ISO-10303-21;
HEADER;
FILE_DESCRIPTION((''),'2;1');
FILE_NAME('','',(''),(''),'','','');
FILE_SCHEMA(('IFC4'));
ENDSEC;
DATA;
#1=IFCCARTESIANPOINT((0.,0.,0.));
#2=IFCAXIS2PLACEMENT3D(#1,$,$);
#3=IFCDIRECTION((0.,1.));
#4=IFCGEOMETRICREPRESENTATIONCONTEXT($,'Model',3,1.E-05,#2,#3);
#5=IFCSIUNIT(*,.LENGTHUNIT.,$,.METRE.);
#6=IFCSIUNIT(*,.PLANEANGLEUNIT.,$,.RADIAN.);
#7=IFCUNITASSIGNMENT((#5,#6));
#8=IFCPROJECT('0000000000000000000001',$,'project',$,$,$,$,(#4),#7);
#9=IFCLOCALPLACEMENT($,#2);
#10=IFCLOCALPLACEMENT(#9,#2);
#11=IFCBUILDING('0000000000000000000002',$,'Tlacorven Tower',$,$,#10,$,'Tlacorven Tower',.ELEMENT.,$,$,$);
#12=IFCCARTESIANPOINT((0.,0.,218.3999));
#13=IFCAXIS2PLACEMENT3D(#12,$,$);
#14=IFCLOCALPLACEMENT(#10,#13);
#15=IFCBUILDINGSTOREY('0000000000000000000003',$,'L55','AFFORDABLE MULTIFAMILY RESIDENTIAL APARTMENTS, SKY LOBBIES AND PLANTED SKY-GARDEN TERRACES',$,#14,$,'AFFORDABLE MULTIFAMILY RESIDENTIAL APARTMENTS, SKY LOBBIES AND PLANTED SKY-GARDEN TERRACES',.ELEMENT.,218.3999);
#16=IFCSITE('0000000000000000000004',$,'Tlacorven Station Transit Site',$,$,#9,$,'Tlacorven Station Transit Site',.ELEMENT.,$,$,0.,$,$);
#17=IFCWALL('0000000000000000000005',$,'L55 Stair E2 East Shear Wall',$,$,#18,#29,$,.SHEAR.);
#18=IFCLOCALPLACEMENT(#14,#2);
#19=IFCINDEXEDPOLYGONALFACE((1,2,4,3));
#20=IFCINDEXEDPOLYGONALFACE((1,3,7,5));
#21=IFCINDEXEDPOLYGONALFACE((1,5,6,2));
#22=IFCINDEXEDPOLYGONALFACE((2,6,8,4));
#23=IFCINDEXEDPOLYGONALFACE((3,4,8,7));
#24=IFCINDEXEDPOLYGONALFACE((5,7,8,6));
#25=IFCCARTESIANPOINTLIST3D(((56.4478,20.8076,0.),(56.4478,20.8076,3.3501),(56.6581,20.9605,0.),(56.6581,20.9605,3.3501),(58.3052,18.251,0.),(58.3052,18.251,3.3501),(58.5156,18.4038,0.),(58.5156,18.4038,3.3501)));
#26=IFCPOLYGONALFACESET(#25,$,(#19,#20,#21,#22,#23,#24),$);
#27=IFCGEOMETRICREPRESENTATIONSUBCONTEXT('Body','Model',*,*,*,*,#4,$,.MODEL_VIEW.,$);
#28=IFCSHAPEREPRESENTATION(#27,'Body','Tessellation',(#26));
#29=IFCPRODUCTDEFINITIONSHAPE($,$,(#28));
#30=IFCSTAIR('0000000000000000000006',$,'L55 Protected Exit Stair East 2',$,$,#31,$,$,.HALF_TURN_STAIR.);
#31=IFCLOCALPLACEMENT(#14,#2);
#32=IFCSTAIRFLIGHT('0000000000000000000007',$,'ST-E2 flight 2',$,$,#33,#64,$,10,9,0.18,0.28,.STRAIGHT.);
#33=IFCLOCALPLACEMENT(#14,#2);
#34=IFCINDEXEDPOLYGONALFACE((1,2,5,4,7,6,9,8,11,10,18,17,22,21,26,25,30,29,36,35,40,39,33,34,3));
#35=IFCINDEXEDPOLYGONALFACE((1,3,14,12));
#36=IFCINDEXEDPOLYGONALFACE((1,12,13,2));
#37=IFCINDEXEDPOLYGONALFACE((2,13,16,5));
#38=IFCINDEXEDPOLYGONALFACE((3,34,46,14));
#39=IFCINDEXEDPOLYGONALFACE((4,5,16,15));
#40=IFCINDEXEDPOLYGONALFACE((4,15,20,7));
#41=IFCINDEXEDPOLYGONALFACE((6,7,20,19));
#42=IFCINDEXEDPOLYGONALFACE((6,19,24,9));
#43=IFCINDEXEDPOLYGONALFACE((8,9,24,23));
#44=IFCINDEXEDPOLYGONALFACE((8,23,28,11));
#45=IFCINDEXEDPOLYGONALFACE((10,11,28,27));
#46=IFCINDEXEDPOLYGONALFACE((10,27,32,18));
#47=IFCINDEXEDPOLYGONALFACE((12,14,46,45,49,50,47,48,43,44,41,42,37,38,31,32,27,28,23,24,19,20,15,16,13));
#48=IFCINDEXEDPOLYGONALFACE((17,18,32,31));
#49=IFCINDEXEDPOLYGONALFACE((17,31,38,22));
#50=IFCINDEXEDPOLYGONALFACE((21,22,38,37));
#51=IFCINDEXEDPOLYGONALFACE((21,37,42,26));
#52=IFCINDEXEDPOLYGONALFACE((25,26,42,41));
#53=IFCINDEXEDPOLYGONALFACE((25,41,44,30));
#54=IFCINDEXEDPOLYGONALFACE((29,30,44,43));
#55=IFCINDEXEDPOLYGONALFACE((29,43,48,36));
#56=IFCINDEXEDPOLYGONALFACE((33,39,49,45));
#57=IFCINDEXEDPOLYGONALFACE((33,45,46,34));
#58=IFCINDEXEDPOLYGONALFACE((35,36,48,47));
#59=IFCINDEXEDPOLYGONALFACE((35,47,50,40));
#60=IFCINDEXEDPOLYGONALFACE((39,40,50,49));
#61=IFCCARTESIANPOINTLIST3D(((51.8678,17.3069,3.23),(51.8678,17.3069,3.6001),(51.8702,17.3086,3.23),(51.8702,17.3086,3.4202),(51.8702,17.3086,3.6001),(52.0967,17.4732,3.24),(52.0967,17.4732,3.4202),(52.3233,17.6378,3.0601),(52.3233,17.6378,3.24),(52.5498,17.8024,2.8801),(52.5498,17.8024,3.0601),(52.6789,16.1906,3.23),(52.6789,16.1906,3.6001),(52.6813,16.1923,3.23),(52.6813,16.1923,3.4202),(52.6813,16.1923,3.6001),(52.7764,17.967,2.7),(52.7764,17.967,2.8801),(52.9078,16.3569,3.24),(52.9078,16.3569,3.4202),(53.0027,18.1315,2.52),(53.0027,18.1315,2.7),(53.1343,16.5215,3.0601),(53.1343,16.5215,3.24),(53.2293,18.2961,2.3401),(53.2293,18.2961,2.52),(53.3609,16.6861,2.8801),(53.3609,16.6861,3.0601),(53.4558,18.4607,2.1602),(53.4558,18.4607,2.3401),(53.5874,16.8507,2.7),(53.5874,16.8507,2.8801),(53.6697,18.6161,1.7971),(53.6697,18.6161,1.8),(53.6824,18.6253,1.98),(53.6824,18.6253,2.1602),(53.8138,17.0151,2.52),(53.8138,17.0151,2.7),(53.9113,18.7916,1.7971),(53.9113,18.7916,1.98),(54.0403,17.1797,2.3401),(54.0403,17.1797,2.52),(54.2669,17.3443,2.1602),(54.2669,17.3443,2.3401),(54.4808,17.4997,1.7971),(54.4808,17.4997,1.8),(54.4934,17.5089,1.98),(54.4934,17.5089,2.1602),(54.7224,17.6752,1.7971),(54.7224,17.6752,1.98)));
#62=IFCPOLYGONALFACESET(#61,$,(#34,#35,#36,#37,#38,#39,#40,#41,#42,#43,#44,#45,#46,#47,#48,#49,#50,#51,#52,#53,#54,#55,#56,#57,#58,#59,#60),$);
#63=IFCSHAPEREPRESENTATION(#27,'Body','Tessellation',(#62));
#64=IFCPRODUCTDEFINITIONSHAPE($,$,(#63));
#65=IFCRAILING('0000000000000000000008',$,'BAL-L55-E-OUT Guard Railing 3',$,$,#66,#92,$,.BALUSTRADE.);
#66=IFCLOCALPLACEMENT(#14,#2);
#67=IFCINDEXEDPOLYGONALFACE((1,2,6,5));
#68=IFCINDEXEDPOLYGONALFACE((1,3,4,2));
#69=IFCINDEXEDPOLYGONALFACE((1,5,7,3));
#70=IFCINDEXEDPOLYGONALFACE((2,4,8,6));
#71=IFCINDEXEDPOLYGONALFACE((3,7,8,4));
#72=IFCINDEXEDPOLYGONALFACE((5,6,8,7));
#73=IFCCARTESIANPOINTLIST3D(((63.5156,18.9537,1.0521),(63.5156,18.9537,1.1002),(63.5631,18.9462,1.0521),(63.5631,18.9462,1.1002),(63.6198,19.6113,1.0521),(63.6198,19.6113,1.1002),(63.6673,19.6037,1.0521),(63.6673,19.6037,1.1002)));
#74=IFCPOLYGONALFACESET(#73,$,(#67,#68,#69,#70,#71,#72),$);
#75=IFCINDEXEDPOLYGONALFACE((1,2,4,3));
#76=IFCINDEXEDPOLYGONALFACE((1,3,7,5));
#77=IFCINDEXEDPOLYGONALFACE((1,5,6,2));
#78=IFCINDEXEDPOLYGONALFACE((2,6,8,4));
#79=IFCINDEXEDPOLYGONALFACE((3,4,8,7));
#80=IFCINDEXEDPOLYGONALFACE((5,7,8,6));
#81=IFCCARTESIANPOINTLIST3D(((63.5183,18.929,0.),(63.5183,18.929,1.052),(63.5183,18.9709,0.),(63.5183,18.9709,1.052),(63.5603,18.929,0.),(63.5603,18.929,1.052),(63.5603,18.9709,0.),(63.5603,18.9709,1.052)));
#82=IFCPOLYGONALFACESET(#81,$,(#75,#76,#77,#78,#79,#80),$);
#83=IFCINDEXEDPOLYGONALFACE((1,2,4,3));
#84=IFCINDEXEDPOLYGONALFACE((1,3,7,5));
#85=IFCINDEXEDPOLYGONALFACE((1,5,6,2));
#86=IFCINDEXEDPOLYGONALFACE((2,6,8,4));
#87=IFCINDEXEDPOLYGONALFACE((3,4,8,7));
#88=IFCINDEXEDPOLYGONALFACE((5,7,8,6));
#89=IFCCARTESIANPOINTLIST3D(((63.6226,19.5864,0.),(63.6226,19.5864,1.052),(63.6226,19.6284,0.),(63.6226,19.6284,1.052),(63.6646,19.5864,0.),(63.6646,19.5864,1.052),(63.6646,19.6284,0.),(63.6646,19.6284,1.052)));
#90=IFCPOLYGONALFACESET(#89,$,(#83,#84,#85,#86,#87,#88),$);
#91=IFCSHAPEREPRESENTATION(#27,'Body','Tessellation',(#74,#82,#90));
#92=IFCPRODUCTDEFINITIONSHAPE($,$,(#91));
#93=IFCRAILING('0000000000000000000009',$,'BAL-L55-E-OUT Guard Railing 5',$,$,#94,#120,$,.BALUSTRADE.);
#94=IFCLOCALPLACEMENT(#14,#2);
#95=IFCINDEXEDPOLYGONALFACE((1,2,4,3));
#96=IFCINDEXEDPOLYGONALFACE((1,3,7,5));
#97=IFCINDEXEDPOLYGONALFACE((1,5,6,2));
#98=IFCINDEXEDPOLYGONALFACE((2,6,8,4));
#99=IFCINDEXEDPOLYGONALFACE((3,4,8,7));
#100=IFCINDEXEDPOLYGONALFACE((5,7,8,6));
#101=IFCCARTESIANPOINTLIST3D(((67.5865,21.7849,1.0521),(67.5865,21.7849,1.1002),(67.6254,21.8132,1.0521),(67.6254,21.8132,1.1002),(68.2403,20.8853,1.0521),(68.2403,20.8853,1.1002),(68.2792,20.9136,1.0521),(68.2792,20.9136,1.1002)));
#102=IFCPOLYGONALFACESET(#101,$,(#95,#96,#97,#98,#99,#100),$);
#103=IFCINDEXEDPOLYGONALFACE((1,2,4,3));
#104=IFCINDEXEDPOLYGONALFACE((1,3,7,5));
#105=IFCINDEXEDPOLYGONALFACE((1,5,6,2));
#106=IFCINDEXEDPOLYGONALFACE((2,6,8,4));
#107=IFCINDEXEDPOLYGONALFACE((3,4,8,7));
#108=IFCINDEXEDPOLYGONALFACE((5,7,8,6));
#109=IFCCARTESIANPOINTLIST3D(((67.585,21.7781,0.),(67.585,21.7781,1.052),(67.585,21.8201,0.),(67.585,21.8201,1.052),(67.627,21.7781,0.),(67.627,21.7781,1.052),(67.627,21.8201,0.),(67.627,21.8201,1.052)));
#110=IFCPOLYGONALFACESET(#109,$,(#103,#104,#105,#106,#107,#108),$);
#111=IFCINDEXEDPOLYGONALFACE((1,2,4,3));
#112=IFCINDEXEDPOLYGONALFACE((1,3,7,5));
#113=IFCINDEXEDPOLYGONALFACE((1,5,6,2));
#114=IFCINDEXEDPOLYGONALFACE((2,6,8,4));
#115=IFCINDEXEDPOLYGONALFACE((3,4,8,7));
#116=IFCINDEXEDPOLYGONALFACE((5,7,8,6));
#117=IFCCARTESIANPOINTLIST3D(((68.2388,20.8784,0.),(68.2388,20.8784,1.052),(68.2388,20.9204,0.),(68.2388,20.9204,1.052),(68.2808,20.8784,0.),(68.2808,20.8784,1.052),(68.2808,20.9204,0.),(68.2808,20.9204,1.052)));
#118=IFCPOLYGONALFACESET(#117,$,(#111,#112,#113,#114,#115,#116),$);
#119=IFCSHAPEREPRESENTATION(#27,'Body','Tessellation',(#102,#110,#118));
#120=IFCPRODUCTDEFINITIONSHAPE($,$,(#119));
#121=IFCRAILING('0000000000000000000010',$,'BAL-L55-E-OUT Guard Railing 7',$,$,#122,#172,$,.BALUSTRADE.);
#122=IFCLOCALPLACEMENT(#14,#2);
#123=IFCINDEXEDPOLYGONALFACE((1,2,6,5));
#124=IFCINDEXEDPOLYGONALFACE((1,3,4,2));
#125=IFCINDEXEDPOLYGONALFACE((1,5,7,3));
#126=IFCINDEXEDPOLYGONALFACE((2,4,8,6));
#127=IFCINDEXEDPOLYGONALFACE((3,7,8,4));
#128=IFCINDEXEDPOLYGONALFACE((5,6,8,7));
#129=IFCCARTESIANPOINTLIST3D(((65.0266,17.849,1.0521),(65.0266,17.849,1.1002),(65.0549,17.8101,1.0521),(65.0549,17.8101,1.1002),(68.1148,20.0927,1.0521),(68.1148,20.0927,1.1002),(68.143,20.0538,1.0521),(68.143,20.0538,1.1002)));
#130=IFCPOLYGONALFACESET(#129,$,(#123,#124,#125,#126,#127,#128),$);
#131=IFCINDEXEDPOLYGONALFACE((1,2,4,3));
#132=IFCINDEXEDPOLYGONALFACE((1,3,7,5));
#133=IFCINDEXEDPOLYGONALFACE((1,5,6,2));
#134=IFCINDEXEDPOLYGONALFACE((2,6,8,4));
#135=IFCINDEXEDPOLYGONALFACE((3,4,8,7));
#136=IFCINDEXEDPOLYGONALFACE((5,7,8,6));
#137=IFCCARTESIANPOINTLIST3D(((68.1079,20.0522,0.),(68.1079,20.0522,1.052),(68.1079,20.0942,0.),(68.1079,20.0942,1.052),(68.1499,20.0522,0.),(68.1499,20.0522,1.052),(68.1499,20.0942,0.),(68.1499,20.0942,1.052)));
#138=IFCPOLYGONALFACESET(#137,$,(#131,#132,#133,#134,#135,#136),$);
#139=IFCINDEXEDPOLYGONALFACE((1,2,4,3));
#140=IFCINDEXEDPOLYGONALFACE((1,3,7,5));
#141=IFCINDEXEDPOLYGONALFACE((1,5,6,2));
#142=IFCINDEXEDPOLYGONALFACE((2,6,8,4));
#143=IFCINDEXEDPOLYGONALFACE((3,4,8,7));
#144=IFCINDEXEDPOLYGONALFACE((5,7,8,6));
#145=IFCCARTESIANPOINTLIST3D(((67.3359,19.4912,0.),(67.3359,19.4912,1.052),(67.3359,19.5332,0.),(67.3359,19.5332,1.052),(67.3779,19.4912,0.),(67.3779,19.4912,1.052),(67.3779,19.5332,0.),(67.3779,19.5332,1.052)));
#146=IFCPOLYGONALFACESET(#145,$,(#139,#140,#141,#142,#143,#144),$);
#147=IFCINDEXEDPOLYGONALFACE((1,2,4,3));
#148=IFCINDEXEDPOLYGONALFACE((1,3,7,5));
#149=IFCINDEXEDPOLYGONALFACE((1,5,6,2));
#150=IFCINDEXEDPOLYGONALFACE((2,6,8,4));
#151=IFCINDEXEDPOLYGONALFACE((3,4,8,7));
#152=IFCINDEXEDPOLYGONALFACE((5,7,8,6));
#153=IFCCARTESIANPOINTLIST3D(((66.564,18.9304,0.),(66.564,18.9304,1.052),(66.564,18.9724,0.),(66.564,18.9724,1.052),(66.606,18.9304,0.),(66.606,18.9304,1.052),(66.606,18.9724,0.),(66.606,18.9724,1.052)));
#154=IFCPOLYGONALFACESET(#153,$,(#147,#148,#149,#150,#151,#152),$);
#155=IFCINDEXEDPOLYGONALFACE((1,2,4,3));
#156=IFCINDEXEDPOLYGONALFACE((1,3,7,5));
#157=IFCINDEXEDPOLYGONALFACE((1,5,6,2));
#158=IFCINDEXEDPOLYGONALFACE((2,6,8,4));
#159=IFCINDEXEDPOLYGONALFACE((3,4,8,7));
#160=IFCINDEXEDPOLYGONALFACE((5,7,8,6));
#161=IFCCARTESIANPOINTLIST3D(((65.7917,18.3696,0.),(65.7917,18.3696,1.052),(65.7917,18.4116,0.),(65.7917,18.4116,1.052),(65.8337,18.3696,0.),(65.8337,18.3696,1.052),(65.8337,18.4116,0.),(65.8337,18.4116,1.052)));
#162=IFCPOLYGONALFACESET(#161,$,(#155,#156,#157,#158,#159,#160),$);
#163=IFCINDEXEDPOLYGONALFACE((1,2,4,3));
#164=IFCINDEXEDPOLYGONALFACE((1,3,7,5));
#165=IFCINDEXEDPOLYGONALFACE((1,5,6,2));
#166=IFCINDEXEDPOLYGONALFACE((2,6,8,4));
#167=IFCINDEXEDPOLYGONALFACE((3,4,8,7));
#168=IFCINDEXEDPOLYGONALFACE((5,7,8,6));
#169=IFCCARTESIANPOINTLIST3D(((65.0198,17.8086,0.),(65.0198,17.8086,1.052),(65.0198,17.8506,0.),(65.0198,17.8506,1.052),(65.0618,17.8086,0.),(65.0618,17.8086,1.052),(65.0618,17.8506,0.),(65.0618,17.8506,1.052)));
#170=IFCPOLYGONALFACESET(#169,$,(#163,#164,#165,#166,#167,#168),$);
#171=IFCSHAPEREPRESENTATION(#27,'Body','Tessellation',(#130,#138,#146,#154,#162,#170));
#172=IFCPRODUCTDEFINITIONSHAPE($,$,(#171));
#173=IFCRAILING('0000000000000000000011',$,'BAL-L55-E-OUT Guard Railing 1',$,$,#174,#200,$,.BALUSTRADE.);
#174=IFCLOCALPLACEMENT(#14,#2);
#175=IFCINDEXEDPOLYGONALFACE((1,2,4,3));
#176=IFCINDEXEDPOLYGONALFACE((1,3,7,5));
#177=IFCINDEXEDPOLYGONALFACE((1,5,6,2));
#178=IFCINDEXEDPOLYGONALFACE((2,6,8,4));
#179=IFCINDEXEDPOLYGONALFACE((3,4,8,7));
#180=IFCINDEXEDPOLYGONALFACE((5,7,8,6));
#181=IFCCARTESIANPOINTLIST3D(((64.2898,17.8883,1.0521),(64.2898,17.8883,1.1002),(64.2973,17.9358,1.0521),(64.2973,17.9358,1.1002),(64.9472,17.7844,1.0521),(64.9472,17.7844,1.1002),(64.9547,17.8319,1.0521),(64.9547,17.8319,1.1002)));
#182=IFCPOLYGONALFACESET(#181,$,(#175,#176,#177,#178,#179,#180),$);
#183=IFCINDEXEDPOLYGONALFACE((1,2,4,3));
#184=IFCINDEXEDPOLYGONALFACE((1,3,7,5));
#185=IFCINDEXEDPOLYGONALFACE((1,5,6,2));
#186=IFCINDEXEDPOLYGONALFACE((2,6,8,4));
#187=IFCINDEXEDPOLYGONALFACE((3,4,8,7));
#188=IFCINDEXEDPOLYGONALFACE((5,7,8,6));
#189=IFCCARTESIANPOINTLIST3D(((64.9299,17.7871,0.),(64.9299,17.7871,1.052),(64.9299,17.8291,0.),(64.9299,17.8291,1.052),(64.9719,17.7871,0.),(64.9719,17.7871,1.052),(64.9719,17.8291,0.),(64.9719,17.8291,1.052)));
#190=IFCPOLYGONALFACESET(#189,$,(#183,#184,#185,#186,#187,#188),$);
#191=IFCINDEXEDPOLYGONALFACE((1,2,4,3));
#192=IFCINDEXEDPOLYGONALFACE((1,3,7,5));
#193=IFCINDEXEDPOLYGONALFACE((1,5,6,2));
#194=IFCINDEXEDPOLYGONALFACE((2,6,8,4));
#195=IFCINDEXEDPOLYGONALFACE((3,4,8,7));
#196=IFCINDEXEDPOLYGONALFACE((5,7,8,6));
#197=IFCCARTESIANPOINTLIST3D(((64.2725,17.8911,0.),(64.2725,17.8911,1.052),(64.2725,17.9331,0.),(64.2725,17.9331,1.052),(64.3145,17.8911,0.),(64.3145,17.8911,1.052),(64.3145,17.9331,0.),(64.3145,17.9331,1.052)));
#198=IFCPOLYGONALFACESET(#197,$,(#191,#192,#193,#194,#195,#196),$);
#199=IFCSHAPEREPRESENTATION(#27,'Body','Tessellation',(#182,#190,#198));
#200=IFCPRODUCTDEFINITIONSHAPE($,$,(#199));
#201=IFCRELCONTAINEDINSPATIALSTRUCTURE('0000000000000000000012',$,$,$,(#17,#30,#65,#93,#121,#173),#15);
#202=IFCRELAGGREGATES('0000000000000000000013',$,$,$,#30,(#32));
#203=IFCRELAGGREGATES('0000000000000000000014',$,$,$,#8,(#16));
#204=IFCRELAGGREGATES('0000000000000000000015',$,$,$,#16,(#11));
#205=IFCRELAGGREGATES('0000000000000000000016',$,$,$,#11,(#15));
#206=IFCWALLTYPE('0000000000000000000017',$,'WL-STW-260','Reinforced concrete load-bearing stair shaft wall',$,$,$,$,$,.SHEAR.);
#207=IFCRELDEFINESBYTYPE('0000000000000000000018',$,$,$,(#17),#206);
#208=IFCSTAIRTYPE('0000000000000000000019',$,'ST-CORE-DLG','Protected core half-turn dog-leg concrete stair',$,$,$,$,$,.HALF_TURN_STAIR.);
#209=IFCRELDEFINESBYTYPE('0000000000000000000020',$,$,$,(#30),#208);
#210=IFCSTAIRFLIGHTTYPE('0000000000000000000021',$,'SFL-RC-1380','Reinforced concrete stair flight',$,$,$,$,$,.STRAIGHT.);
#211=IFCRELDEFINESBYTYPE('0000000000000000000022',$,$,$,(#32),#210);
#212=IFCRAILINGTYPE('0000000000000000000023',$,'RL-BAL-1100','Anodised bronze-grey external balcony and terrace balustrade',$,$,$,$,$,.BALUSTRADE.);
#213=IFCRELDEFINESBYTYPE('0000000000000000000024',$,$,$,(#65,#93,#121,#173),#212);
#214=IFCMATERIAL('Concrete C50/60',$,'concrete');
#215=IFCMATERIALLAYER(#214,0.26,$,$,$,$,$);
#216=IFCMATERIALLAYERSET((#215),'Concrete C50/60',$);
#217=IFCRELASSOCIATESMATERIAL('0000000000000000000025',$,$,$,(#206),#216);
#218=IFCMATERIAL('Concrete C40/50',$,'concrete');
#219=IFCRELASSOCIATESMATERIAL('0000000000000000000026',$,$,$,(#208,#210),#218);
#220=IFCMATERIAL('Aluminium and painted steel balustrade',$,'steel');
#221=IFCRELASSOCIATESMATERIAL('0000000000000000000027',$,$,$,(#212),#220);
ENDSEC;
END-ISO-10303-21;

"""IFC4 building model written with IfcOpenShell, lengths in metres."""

from ifc_helpers import new_model, si_unit, direction, frame, frame_2d, origin, origin_2d, place, context, subcontext, project, spatial, polyline, rectangle, outline, extrude, source, transform, mapped, material, layer, layer_set, type_object, element, aggregate, save


model = new_model("IFC4")

# Units and contexts
model_context = context("Model", 3, precision=1e-05, world=origin(), true_north=direction((0.0, 1.0)))
body_context = subcontext(model_context, "Body", "Model", "MODEL_VIEW")
ifc_project = project(units=[si_unit("LENGTHUNIT", "METRE"), si_unit("PLANEANGLEUNIT", "RADIAN")], contexts=[model_context])

# Site, building, storey
site_placement = place(None, origin())
site = spatial("IfcSite", under=ifc_project, at=site_placement, Name="Tlacorven Station Transit Site", LongName="Tlacorven Station Transit Site", CompositionType="ELEMENT", RefElevation=0.0)
building_placement = place(site_placement, origin())
building = spatial("IfcBuilding", under=site, at=building_placement, Name="Tlacorven Tower", LongName="Tlacorven Tower", CompositionType="ELEMENT")
storey_placement = place(building_placement, frame((0.0, 0.0, 218.3999)))
storey = spatial("IfcBuildingStorey", under=building, at=storey_placement, Name="L55", Description="AFFORDABLE MULTIFAMILY RESIDENTIAL APARTMENTS, SKY LOBBIES AND PLANTED SKY-GARDEN TERRACES", LongName="AFFORDABLE MULTIFAMILY RESIDENTIAL APARTMENTS, SKY LOBBIES AND PLANTED SKY-GARDEN TERRACES", CompositionType="ELEMENT", Elevation=218.3999)

# Shared definitions
ifc_material_1 = material(Name="Concrete C50/60", Category="concrete")

# Shared definitions
ifc_material_2 = material(Name="Concrete C40/50", Category="concrete")

# Wall
ifc_layer_1 = layer(ifc_material_1, 0.26)
ifc_layer_set_1 = layer_set([ifc_layer_1], Name="Concrete C50/60")
wall_type_1 = type_object("IfcWallType", Name="WL-STW-260", Description="Reinforced concrete load-bearing stair shaft wall", PredefinedType="SHEAR", material=ifc_layer_set_1)
wall_1_placement = place(storey_placement, frame((58.4104, 18.3274, 0.0), z_axis=(0.0, 0.0, 1.0), x_axis=(-0.587767, 0.80903, 0.0)))
element("IfcWall", 1, at=wall_1_placement, inside=storey, type_object=wall_type_1, Name="L55 Stair E2 East Shear Wall", PredefinedType="SHEAR", context=body_context, shape_type="SweptSolid", body=[
    extrude(rectangle(XDim=3.1602, YDim=0.26, at=frame_2d((1.5801, 0.0))), origin(), (0.0, 0.0, 1.0), 3.3501),
])

# Stair, stair flight
stair_type = type_object("IfcStairType", Name="ST-CORE-DLG", Description="Protected core half-turn dog-leg concrete stair", PredefinedType="HALF_TURN_STAIR", material=ifc_material_2)
stair_placement = place(storey_placement, origin())
stair = element("IfcStair", 2, at=stair_placement, inside=storey, type_object=stair_type, Name="L55 Protected Exit Stair East 2", PredefinedType="HALF_TURN_STAIR")
stair_flight_type = type_object("IfcStairFlightType", Name="SFL-RC-1380", Description="Reinforced concrete stair flight", PredefinedType="STRAIGHT", material=ifc_material_2)
shared_shape_1 = source(origin(), body_context, "Body", "SweptSolid", [
    extrude(outline(polyline([(-0.0029, -0.0029), (-0.0029, 0.1799), (0.28, 0.1799), (0.28, 0.3601), (0.5601, 0.3601), (0.5601, 0.54), (0.8401, 0.54), (0.8401, 0.72), (1.1201, 0.72), (1.1201, 0.8999), (1.3999, 0.8999), (1.3999, 1.0801), (1.6799, 1.0801), (1.6799, 1.26), (1.96, 1.26), (1.96, 1.4399), (2.24, 1.4399), (2.24, 1.6201), (2.52, 1.6201), (2.52, 1.8), (2.5229, 1.8), (2.5229, 1.4299), (2.52, 1.4299), (0.2957, 0.0), (0.2957, -0.0029), (-0.0029, -0.0029)])), frame((0.0, 0.6899, 0.0), z_axis=(0.0, -1.0, 0.0), x_axis=(1.0, 0.0, 0.0)), (0.0, 0.0, 1.0), 1.3799),
])
stair_flight_placement = place(storey_placement, frame((54.3145, 18.2317, 1.8), z_axis=(0.0, 0.0, 1.0), x_axis=(-0.809017, -0.587785, 0.0)))
stair_flight = element("IfcStairFlight", 3, at=stair_flight_placement, type_object=stair_flight_type, Name="ST-E2 flight 2", NumberOfRisers=10, NumberOfTreads=9, PredefinedType="STRAIGHT", RiserHeight=0.18, TreadLength=0.28, context=body_context, shape_type="MappedRepresentation", body=[
    mapped(shared_shape_1, transform((0.0, 0.0, 0.0), scale=1.0)),
])
aggregate(stair, [stair_flight])

# Railings
ifc_material_3 = material(Name="Aluminium and painted steel balustrade", Category="steel")
railing_type_1 = type_object("IfcRailingType", Name="RL-BAL-1100", Description="Anodised bronze-grey external balcony and terrace balustrade", PredefinedType="BALUSTRADE", material=ifc_material_3)
shared_shape_2 = source(origin(), body_context, "Body", "SweptSolid", [
    extrude(rectangle(XDim=0.0481, YDim=0.0481, at=origin_2d()), frame((0.0, 0.0, 1.0762), z_axis=(0.156603, 0.987662, 0.0), x_axis=(-0.987662, 0.156603, 0.0)), (0.0, 0.0, 1.0), 0.6658),
    extrude(rectangle(XDim=0.042, YDim=0.042, at=origin_2d()), origin(), (0.0, 0.0, 1.0), 1.052),
    extrude(rectangle(XDim=0.042, YDim=0.042, at=origin_2d()), frame((0.1042, 0.6575, 0.0)), (0.0, 0.0, 1.0), 1.052),
])
railing_1_placement = place(storey_placement, frame((63.5393, 18.95, 0.0)))
element("IfcRailing", 4, at=railing_1_placement, inside=storey, type_object=railing_type_1, Name="BAL-L55-E-OUT Guard Railing 3", PredefinedType="BALUSTRADE", context=body_context, shape_type="MappedRepresentation", body=[
    mapped(shared_shape_2, transform((0.0, 0.0, 0.0), scale=1.0)),
])
shared_shape_3 = source(origin(), body_context, "Body", "SweptSolid", [
    extrude(rectangle(XDim=0.0481, YDim=0.0481, at=origin_2d()), frame((0.0, 0.0, 1.0762), z_axis=(0.587884, -0.808945, 0.0), x_axis=(0.808945, 0.587884, 0.0)), (0.0, 0.0, 1.0), 1.1121),
    extrude(rectangle(XDim=0.042, YDim=0.042, at=origin_2d()), origin(), (0.0, 0.0, 1.0), 1.052),
    extrude(rectangle(XDim=0.042, YDim=0.042, at=origin_2d()), frame((0.6538, -0.8997, 0.0)), (0.0, 0.0, 1.0), 1.052),
])
railing_2_placement = place(storey_placement, frame((67.606, 21.7991, 0.0)))
element("IfcRailing", 5, at=railing_2_placement, inside=storey, type_object=railing_type_1, Name="BAL-L55-E-OUT Guard Railing 5", PredefinedType="BALUSTRADE", context=body_context, shape_type="MappedRepresentation", body=[
    mapped(shared_shape_3, transform((0.0, 0.0, 0.0), scale=1.0)),
])
shared_shape_4 = source(origin(), body_context, "Body", "SweptSolid", [
    extrude(rectangle(XDim=0.0481, YDim=0.0481, at=origin_2d()), frame((0.0, 0.0, 1.0762), z_axis=(-0.809018, -0.587784, 0.0), x_axis=(0.587784, -0.809018, 0.0)), (0.0, 0.0, 1.0), 3.8171),
    extrude(rectangle(XDim=0.042, YDim=0.042, at=origin_2d()), origin(), (0.0, 0.0, 1.0), 1.052),
    extrude(rectangle(XDim=0.042, YDim=0.042, at=origin_2d()), frame((-0.772, -0.561, 0.0)), (0.0, 0.0, 1.0), 1.052),
    extrude(rectangle(XDim=0.042, YDim=0.042, at=origin_2d()), frame((-1.5439, -1.1218, 0.0)), (0.0, 0.0, 1.0), 1.052),
    extrude(rectangle(XDim=0.042, YDim=0.042, at=origin_2d()), frame((-2.3162, -1.6826, 0.0)), (0.0, 0.0, 1.0), 1.052),
    extrude(rectangle(XDim=0.042, YDim=0.042, at=origin_2d()), frame((-3.0881, -2.2437, 0.0)), (0.0, 0.0, 1.0), 1.052),
])
railing_3_placement = place(storey_placement, frame((68.1289, 20.0732, 0.0)))
element("IfcRailing", 6, at=railing_3_placement, inside=storey, type_object=railing_type_1, Name="BAL-L55-E-OUT Guard Railing 7", PredefinedType="BALUSTRADE", context=body_context, shape_type="MappedRepresentation", body=[
    mapped(shared_shape_4, transform((0.0, 0.0, 0.0), scale=1.0)),
])
shared_shape_5 = source(origin(), body_context, "Body", "SweptSolid", [
    extrude(rectangle(XDim=0.0481, YDim=0.0481, at=origin_2d()), frame((0.0, 0.0, 1.0762), z_axis=(-0.987718, 0.156245, 0.0), x_axis=(-0.156245, -0.987718, 0.0)), (0.0, 0.0, 1.0), 0.6655),
    extrude(rectangle(XDim=0.042, YDim=0.042, at=origin_2d()), origin(), (0.0, 0.0, 1.0), 1.052),
    extrude(rectangle(XDim=0.042, YDim=0.042, at=origin_2d()), frame((-0.6575, 0.104, 0.0)), (0.0, 0.0, 1.0), 1.052),
])
railing_4_placement = place(storey_placement, frame((64.9509, 17.8081, 0.0)))
element("IfcRailing", 7, at=railing_4_placement, inside=storey, type_object=railing_type_1, Name="BAL-L55-E-OUT Guard Railing 1", PredefinedType="BALUSTRADE", context=body_context, shape_type="MappedRepresentation", body=[
    mapped(shared_shape_5, transform((0.0, 0.0, 0.0), scale=1.0)),
])

save(model, "model.ifc")
